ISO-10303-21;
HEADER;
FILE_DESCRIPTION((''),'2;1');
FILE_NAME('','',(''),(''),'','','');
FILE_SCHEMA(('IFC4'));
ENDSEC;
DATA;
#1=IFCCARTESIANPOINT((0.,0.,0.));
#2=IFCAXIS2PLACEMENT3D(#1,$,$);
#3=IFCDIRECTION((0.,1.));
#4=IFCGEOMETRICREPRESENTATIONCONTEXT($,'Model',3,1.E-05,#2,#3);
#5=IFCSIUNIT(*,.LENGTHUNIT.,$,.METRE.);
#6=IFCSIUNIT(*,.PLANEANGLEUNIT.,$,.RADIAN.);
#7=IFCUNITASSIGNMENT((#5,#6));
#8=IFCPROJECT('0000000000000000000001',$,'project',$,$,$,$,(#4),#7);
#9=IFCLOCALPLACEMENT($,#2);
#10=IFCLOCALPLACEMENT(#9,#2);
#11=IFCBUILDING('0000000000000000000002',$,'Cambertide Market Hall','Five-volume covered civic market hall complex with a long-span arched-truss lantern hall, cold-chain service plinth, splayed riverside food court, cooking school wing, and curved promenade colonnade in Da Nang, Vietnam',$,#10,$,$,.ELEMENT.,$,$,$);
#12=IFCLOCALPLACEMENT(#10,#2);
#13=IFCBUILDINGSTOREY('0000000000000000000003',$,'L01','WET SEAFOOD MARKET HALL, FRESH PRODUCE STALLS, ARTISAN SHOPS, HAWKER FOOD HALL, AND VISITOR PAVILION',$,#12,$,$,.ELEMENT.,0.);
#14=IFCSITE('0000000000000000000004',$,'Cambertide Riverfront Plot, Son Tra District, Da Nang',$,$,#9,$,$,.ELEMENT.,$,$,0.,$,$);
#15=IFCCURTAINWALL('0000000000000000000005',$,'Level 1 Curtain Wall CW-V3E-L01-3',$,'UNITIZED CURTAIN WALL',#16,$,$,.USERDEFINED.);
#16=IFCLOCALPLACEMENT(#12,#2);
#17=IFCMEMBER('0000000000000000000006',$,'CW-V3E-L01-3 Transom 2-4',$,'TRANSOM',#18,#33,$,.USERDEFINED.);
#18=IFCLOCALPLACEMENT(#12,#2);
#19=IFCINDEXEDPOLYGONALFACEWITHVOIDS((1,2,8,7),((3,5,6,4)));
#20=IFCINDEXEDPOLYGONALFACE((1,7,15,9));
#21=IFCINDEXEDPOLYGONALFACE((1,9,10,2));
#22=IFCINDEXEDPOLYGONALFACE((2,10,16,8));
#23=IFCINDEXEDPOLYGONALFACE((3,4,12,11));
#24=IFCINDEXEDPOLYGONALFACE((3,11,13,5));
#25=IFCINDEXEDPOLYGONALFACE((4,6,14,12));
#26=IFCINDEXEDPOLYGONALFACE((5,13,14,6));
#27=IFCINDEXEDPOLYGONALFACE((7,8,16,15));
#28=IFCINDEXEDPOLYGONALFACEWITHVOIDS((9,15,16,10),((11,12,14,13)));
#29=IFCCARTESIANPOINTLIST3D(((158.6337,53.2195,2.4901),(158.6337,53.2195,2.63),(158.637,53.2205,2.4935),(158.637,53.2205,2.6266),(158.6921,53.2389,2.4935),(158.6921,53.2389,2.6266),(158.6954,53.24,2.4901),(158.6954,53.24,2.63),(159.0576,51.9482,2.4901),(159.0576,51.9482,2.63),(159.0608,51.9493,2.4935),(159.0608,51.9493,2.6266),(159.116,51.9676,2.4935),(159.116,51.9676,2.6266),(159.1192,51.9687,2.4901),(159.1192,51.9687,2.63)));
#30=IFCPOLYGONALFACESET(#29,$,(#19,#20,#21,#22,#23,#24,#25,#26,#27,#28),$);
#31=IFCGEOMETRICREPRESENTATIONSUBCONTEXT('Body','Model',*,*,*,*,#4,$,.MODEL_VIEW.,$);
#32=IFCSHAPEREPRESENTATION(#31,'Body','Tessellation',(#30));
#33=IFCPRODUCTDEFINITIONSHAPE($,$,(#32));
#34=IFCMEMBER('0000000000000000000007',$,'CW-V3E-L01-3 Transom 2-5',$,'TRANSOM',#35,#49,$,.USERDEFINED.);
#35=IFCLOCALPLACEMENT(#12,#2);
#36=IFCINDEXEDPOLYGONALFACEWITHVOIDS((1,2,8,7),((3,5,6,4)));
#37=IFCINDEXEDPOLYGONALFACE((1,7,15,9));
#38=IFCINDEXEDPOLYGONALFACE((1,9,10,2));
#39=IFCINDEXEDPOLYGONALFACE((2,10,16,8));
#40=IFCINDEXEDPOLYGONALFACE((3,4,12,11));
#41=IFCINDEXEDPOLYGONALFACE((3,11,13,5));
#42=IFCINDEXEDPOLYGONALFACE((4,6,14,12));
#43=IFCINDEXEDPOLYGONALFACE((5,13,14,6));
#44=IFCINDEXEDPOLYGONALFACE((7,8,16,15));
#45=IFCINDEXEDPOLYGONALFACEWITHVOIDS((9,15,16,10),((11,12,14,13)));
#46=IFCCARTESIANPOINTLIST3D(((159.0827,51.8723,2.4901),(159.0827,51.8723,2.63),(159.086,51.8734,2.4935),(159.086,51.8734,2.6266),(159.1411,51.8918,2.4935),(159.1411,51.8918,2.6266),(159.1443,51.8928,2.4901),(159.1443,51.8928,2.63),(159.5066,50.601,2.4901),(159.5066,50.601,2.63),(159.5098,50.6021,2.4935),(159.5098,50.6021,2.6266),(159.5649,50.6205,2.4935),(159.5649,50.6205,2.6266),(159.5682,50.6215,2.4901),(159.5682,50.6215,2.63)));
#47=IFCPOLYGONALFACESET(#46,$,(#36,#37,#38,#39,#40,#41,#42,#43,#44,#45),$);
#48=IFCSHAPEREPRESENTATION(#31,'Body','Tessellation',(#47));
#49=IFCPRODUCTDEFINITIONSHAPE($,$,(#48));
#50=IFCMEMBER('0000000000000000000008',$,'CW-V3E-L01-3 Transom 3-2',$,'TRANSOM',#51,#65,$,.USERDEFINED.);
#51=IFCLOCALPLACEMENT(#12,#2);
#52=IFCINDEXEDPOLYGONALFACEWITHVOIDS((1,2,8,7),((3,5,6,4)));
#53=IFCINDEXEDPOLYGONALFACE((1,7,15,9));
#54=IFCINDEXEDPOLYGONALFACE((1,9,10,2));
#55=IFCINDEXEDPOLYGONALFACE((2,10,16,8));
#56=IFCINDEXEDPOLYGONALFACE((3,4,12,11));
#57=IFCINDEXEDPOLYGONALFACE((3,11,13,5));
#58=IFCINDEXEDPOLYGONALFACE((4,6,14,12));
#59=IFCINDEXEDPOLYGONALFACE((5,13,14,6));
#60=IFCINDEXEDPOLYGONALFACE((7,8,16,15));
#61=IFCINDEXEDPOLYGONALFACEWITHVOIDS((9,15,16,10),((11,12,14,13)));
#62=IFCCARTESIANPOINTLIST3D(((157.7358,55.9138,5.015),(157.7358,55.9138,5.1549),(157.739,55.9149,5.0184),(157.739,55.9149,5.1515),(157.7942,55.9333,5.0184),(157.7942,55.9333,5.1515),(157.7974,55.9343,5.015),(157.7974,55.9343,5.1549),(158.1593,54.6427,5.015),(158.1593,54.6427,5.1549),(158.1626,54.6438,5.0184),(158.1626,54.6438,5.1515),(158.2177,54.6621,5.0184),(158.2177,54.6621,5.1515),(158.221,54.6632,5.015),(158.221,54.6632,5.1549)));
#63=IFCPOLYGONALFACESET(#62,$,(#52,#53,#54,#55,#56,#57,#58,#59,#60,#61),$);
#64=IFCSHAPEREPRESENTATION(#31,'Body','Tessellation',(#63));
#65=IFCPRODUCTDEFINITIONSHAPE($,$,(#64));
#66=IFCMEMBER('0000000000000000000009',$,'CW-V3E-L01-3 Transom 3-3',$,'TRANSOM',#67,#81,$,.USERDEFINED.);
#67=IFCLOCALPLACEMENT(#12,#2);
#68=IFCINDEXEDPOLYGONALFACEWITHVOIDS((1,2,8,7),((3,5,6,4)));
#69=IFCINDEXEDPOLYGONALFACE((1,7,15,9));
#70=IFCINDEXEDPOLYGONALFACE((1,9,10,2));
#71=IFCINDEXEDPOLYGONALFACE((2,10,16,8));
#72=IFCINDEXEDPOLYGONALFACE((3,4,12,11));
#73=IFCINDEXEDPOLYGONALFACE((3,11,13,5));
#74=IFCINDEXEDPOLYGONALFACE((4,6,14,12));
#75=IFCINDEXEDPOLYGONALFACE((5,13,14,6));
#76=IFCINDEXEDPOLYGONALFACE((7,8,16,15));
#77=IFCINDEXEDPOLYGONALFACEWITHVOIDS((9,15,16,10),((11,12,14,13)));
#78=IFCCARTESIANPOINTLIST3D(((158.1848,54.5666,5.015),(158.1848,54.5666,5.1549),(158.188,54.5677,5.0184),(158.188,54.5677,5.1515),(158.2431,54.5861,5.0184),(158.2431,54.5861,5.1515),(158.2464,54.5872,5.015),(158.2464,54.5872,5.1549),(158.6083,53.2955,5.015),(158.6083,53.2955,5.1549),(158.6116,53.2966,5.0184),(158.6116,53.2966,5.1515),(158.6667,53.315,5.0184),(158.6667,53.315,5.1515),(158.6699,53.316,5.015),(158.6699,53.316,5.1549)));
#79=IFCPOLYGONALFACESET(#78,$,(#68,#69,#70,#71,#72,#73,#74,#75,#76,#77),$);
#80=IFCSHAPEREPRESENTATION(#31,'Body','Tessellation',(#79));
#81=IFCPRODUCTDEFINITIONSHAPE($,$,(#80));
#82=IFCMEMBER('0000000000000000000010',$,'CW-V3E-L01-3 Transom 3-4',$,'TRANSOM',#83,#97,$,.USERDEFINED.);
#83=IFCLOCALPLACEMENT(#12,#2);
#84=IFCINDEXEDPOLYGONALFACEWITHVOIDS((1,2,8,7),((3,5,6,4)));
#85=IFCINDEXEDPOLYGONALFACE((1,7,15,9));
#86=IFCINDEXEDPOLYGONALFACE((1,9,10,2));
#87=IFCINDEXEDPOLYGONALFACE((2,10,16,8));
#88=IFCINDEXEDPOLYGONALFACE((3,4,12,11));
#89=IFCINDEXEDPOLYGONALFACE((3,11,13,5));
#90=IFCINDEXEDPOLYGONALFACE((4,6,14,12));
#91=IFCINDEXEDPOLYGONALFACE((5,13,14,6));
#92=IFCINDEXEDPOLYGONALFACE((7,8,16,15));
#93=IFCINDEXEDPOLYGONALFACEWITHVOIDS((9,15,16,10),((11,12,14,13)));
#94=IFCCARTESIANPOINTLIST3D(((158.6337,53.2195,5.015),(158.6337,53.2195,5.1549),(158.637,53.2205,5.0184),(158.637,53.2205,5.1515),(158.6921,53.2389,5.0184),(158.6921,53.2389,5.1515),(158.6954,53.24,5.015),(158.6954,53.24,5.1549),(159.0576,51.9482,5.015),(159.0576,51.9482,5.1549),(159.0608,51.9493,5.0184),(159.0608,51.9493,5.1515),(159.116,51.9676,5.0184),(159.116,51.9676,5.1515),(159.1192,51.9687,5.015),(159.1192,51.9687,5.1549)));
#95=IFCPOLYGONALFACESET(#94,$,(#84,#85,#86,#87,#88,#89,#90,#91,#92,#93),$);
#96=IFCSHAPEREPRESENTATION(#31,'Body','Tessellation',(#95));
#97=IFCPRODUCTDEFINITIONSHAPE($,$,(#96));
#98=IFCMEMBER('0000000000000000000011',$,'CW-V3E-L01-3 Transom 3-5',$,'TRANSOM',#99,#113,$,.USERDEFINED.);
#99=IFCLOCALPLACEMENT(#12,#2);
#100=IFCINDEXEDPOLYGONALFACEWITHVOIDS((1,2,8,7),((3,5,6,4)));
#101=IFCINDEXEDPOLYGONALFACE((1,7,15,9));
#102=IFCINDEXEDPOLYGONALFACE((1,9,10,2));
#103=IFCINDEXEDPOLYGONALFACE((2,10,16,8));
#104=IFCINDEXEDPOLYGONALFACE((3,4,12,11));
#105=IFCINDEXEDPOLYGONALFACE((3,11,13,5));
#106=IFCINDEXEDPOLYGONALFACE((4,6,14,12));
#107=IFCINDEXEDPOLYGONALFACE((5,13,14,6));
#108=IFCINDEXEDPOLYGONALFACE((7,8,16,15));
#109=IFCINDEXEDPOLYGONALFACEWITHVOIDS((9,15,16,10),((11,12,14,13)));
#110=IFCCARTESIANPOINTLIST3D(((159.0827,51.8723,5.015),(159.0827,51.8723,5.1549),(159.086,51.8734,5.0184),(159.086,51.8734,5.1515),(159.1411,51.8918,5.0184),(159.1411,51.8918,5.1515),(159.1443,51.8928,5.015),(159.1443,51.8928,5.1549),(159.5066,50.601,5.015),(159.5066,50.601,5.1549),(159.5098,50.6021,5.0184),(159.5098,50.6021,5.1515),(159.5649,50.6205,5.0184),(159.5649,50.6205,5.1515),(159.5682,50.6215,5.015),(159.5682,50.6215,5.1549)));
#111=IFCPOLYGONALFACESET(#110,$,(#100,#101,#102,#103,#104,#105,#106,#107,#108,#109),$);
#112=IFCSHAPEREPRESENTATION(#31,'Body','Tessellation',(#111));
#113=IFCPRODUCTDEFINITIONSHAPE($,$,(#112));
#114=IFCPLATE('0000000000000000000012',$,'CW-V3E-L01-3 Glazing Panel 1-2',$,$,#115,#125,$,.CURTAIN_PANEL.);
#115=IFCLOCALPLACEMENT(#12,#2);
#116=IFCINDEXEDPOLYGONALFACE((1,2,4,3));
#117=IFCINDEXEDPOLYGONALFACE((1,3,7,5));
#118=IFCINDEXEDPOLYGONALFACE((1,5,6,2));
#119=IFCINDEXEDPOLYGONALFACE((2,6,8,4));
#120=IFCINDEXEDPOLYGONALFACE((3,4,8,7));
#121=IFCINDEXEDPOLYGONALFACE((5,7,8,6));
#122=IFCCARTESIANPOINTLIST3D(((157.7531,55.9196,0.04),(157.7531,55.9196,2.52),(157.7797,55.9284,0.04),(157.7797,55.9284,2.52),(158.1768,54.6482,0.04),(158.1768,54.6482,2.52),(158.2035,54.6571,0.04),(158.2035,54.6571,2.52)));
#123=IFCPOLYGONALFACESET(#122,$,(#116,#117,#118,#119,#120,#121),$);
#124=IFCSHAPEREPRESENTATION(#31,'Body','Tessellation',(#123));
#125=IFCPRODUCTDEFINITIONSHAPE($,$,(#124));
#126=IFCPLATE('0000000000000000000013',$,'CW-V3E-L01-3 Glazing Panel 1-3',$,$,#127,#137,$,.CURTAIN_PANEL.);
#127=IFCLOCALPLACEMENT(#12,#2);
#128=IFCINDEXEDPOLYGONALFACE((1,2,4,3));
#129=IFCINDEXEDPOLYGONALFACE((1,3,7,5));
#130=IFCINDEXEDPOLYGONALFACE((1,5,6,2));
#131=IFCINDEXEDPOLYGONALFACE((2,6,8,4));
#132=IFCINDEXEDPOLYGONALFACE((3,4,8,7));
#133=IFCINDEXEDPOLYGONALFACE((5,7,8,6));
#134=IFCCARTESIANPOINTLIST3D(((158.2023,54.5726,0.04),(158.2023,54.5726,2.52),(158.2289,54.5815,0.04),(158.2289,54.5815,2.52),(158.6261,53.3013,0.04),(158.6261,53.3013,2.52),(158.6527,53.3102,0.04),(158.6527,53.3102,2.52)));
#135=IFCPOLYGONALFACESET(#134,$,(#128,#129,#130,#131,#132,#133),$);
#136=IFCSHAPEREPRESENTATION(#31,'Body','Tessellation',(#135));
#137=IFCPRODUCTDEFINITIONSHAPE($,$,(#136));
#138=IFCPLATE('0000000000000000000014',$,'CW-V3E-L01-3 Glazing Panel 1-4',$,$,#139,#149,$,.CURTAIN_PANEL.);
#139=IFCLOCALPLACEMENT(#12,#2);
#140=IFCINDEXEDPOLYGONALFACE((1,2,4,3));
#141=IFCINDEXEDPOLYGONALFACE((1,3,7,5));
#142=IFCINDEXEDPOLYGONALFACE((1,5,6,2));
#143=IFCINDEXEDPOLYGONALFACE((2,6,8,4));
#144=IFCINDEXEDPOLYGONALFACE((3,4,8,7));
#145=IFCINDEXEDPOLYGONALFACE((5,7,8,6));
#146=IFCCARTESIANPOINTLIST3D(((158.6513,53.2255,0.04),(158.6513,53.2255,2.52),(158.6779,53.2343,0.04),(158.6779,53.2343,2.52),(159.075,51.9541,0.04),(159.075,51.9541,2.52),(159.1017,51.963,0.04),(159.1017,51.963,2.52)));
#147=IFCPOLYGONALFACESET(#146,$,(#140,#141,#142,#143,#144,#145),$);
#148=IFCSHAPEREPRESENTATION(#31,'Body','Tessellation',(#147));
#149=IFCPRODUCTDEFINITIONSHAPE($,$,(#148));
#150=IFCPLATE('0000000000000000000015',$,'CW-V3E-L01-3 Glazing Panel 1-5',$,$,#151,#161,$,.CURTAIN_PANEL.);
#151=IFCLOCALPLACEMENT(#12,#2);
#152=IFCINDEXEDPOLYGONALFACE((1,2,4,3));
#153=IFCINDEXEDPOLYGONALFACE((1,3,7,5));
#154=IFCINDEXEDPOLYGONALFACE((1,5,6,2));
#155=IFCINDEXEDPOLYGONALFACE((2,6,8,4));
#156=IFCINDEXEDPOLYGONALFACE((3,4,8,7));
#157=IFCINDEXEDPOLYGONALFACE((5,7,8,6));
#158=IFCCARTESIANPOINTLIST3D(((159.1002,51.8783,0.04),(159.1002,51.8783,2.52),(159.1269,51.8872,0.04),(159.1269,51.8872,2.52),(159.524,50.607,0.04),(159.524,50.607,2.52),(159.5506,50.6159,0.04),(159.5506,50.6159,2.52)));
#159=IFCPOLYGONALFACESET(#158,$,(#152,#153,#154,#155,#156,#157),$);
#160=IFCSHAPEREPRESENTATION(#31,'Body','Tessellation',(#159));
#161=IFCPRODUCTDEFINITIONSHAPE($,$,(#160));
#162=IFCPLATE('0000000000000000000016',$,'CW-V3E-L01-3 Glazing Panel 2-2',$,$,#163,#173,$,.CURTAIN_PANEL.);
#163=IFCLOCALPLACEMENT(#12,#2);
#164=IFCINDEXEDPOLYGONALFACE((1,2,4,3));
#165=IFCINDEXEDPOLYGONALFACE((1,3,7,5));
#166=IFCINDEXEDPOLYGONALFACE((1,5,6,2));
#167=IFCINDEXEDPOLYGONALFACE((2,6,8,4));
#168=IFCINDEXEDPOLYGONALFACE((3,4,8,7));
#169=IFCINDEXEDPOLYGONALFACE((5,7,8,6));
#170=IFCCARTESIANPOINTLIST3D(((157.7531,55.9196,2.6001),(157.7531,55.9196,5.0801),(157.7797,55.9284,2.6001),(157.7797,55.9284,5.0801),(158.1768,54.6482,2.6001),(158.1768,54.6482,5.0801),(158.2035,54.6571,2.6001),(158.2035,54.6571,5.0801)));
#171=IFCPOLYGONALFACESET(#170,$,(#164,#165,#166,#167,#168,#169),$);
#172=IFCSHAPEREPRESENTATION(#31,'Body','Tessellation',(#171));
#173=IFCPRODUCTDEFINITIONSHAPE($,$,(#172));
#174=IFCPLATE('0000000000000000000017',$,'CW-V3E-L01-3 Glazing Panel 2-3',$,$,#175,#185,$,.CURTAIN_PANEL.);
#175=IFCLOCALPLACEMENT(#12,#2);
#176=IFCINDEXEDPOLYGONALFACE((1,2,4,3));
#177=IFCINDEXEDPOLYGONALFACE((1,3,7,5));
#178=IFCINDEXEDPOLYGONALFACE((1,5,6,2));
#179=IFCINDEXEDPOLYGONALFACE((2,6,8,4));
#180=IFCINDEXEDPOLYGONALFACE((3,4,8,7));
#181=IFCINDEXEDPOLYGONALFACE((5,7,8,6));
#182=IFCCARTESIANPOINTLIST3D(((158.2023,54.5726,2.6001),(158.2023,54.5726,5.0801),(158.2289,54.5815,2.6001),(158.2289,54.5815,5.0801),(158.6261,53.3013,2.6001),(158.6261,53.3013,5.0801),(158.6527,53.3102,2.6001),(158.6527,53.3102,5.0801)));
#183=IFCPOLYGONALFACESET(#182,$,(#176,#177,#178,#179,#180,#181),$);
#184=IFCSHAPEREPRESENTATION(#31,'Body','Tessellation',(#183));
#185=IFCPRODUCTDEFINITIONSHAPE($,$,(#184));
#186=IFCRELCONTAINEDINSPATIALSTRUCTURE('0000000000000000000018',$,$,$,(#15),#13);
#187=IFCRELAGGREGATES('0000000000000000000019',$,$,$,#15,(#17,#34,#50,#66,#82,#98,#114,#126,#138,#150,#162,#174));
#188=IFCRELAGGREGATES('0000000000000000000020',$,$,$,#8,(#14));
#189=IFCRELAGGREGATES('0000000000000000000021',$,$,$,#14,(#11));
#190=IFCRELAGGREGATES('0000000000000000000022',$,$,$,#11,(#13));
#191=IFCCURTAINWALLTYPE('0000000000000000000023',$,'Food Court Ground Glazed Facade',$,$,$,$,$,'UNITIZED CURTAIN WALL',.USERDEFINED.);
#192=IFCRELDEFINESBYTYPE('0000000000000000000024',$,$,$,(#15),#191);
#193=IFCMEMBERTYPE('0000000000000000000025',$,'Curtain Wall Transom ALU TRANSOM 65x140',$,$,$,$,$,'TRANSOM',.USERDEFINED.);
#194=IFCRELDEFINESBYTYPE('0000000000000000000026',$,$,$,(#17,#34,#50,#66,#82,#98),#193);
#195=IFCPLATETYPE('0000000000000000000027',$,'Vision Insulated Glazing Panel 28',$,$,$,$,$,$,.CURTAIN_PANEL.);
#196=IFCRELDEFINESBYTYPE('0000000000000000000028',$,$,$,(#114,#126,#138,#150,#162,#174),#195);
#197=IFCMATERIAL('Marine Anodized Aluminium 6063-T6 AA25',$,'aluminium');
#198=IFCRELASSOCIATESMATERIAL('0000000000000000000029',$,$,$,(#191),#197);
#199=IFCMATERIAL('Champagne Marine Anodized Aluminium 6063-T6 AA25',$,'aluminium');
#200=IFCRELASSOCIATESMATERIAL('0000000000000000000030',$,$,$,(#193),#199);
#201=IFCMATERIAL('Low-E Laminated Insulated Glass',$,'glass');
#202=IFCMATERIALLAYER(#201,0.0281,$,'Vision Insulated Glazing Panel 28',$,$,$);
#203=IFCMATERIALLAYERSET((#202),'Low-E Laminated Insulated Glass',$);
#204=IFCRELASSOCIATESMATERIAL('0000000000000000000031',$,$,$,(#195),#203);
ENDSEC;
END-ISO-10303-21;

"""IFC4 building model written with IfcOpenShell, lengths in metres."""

from ifc_helpers import new_model, si_unit, direction, frame, origin, origin_2d, place, context, subcontext, project, spatial, rectangle, hollow_rectangle, extrude, material, layer, layer_set, material_profile, profile_set, type_object, element, aggregate, save


model = new_model("IFC4")

# Units and contexts
model_context = context("Model", 3, precision=1e-05, world=origin(), true_north=direction((0.0, 1.0)))
body_context = subcontext(model_context, "Body", "Model", "MODEL_VIEW")
ifc_project = project(units=[si_unit("LENGTHUNIT", "METRE"), si_unit("PLANEANGLEUNIT", "RADIAN")], contexts=[model_context])

# Site, building, storey
site_placement = place(None, origin())
site = spatial("IfcSite", under=ifc_project, at=site_placement, Name="Cambertide Riverfront Plot, Son Tra District, Da Nang", CompositionType="ELEMENT", RefElevation=0.0)
building_placement = place(site_placement, origin())
building = spatial("IfcBuilding", under=site, at=building_placement, Name="Cambertide Market Hall", Description="Five-volume covered civic market hall complex with a long-span arched-truss lantern hall, cold-chain service plinth, splayed riverside food court, cooking school wing, and curved promenade colonnade in Da Nang, Vietnam", CompositionType="ELEMENT")
storey_placement = place(building_placement, origin())
storey = spatial("IfcBuildingStorey", under=building, at=storey_placement, Name="L01", Description="WET SEAFOOD MARKET HALL, FRESH PRODUCE STALLS, ARTISAN SHOPS, HAWKER FOOD HALL, AND VISITOR PAVILION", CompositionType="ELEMENT", Elevation=0.0)

# Curtain wall, members, plates
ifc_material_1 = material(Name="Marine Anodized Aluminium 6063-T6 AA25", Category="aluminium")
curtain_wall_type = type_object("IfcCurtainWallType", Name="Food Court Ground Glazed Facade", ElementType="UNITIZED CURTAIN WALL", PredefinedType="USERDEFINED", material=ifc_material_1)
curtain_wall_placement = place(storey_placement, origin())
curtain_wall = element("IfcCurtainWall", 1, at=curtain_wall_placement, inside=storey, type_object=curtain_wall_type, Name="Level 1 Curtain Wall CW-V3E-L01-3", ObjectType="UNITIZED CURTAIN WALL", PredefinedType="USERDEFINED")
ifc_material_2 = material(Name="Champagne Marine Anodized Aluminium 6063-T6 AA25", Category="aluminium")
ifc_material_profile_1 = material_profile(ifc_material_2, hollow_rectangle(XDim=0.0649, YDim=0.1399, WallThickness=0.0034, at=origin_2d()), Name="ALU TRANSOM 65x140")
ifc_profile_set_1 = profile_set([ifc_material_profile_1], Name="Champagne Marine Anodized Aluminium 6063-T6 AA25")
member_type_1 = type_object("IfcMemberType", Name="Curtain Wall Transom ALU TRANSOM 65x140", ElementType="TRANSOM", PredefinedType="USERDEFINED", material=ifc_profile_set_1)
member_1_placement = place(storey_placement, frame((158.6646, 53.2297, 2.5601), z_axis=(0.316282, -0.948665, 0.0), x_axis=(0.948665, 0.316282, 0.0)))
member_1 = element("IfcMember", 2, at=member_1_placement, type_object=member_type_1, Name="CW-V3E-L01-3 Transom 2-4", ObjectType="TRANSOM", PredefinedType="USERDEFINED", context=body_context, shape_type="SweptSolid", body=[
    extrude(hollow_rectangle(XDim=0.0649, YDim=0.1399, WallThickness=0.0034, at=origin_2d()), origin(), (0.0, 0.0, 1.0), 1.3401),
])
member_2_placement = place(storey_placement, frame((159.1135, 51.8826, 2.5601), z_axis=(0.316282, -0.948665, 0.0), x_axis=(0.948665, 0.316282, 0.0)))
member_2 = element("IfcMember", 3, at=member_2_placement, type_object=member_type_1, Name="CW-V3E-L01-3 Transom 2-5", ObjectType="TRANSOM", PredefinedType="USERDEFINED", context=body_context, shape_type="SweptSolid", body=[
    extrude(hollow_rectangle(XDim=0.0649, YDim=0.1399, WallThickness=0.0034, at=origin_2d()), origin(), (0.0, 0.0, 1.0), 1.3401),
])
member_3_placement = place(storey_placement, frame((157.7666, 55.9241, 5.085), z_axis=(0.316118, -0.94872, 0.0), x_axis=(0.94872, 0.316118, 0.0)))
member_3 = element("IfcMember", 4, at=member_3_placement, type_object=member_type_1, Name="CW-V3E-L01-3 Transom 3-2", ObjectType="TRANSOM", PredefinedType="USERDEFINED", context=body_context, shape_type="SweptSolid", body=[
    extrude(hollow_rectangle(XDim=0.0649, YDim=0.1399, WallThickness=0.0034, at=origin_2d()), origin(), (0.0, 0.0, 1.0), 1.3398),
])
member_4_placement = place(storey_placement, frame((158.2156, 54.5769, 5.085), z_axis=(0.316118, -0.94872, 0.0), x_axis=(0.94872, 0.316118, 0.0)))
member_4 = element("IfcMember", 5, at=member_4_placement, type_object=member_type_1, Name="CW-V3E-L01-3 Transom 3-3", ObjectType="TRANSOM", PredefinedType="USERDEFINED", context=body_context, shape_type="SweptSolid", body=[
    extrude(hollow_rectangle(XDim=0.0649, YDim=0.1399, WallThickness=0.0034, at=origin_2d()), origin(), (0.0, 0.0, 1.0), 1.3398),
])
member_5_placement = place(storey_placement, frame((158.6646, 53.2297, 5.085), z_axis=(0.316282, -0.948665, 0.0), x_axis=(0.948665, 0.316282, 0.0)))
member_5 = element("IfcMember", 6, at=member_5_placement, type_object=member_type_1, Name="CW-V3E-L01-3 Transom 3-4", ObjectType="TRANSOM", PredefinedType="USERDEFINED", context=body_context, shape_type="SweptSolid", body=[
    extrude(hollow_rectangle(XDim=0.0649, YDim=0.1399, WallThickness=0.0034, at=origin_2d()), origin(), (0.0, 0.0, 1.0), 1.3401),
])
member_6_placement = place(storey_placement, frame((159.1135, 51.8826, 5.085), z_axis=(0.316282, -0.948665, 0.0), x_axis=(0.948665, 0.316282, 0.0)))
member_6 = element("IfcMember", 7, at=member_6_placement, type_object=member_type_1, Name="CW-V3E-L01-3 Transom 3-5", ObjectType="TRANSOM", PredefinedType="USERDEFINED", context=body_context, shape_type="SweptSolid", body=[
    extrude(hollow_rectangle(XDim=0.0649, YDim=0.1399, WallThickness=0.0034, at=origin_2d()), origin(), (0.0, 0.0, 1.0), 1.3401),
])
ifc_material_3 = material(Name="Low-E Laminated Insulated Glass", Category="glass")
ifc_layer = layer(ifc_material_3, 0.0281, Name="Vision Insulated Glazing Panel 28")
ifc_layer_set = layer_set([ifc_layer], Name="Low-E Laminated Insulated Glass")
plate_type = type_object("IfcPlateType", Name="Vision Insulated Glazing Panel 28", PredefinedType="CURTAIN_PANEL", material=ifc_layer_set)
plate_1_placement = place(storey_placement, frame((157.9783, 55.2883, 0.04), z_axis=(0.0, 0.0, 1.0), x_axis=(0.316228, -0.948683, 0.0)))
plate_1 = element("IfcPlate", 8, at=plate_1_placement, type_object=plate_type, Name="CW-V3E-L01-3 Glazing Panel 1-2", PredefinedType="CURTAIN_PANEL", context=body_context, shape_type="SweptSolid", body=[
    extrude(rectangle(XDim=1.3401, YDim=0.0281, at=origin_2d()), origin(), (0.0, 0.0, 1.0), 2.48),
])
plate_2_placement = place(storey_placement, frame((158.4275, 53.9414, 0.04), z_axis=(0.0, 0.0, 1.0), x_axis=(0.316228, -0.948683, 0.0)))
plate_2 = element("IfcPlate", 9, at=plate_2_placement, type_object=plate_type, Name="CW-V3E-L01-3 Glazing Panel 1-3", PredefinedType="CURTAIN_PANEL", context=body_context, shape_type="SweptSolid", body=[
    extrude(rectangle(XDim=1.3401, YDim=0.0281, at=origin_2d()), origin(), (0.0, 0.0, 1.0), 2.48),
])
plate_3_placement = place(storey_placement, frame((158.8765, 52.5942, 0.04), z_axis=(0.0, 0.0, 1.0), x_axis=(0.316228, -0.948683, 0.0)))
plate_3 = element("IfcPlate", 10, at=plate_3_placement, type_object=plate_type, Name="CW-V3E-L01-3 Glazing Panel 1-4", PredefinedType="CURTAIN_PANEL", context=body_context, shape_type="SweptSolid", body=[
    extrude(rectangle(XDim=1.3401, YDim=0.0281, at=origin_2d()), origin(), (0.0, 0.0, 1.0), 2.48),
])
plate_4_placement = place(storey_placement, frame((159.3254, 51.2471, 0.04), z_axis=(0.0, 0.0, 1.0), x_axis=(0.316228, -0.948683, 0.0)))
plate_4 = element("IfcPlate", 11, at=plate_4_placement, type_object=plate_type, Name="CW-V3E-L01-3 Glazing Panel 1-5", PredefinedType="CURTAIN_PANEL", context=body_context, shape_type="SweptSolid", body=[
    extrude(rectangle(XDim=1.3401, YDim=0.0281, at=origin_2d()), origin(), (0.0, 0.0, 1.0), 2.48),
])
plate_5_placement = place(storey_placement, frame((157.9783, 55.2883, 2.6001), z_axis=(0.0, 0.0, 1.0), x_axis=(0.316228, -0.948683, 0.0)))
plate_5 = element("IfcPlate", 12, at=plate_5_placement, type_object=plate_type, Name="CW-V3E-L01-3 Glazing Panel 2-2", PredefinedType="CURTAIN_PANEL", context=body_context, shape_type="SweptSolid", body=[
    extrude(rectangle(XDim=1.3401, YDim=0.0281, at=origin_2d()), origin(), (0.0, 0.0, 1.0), 2.48),
])
plate_6_placement = place(storey_placement, frame((158.4275, 53.9414, 2.6001), z_axis=(0.0, 0.0, 1.0), x_axis=(0.316228, -0.948683, 0.0)))
plate_6 = element("IfcPlate", 13, at=plate_6_placement, type_object=plate_type, Name="CW-V3E-L01-3 Glazing Panel 2-3", PredefinedType="CURTAIN_PANEL", context=body_context, shape_type="SweptSolid", body=[
    extrude(rectangle(XDim=1.3401, YDim=0.0281, at=origin_2d()), origin(), (0.0, 0.0, 1.0), 2.48),
])
aggregate(curtain_wall, [member_1, member_2, member_3, member_4, member_5, member_6, plate_1, plate_2, plate_3, plate_4, plate_5, plate_6])

save(model, "model.ifc")
